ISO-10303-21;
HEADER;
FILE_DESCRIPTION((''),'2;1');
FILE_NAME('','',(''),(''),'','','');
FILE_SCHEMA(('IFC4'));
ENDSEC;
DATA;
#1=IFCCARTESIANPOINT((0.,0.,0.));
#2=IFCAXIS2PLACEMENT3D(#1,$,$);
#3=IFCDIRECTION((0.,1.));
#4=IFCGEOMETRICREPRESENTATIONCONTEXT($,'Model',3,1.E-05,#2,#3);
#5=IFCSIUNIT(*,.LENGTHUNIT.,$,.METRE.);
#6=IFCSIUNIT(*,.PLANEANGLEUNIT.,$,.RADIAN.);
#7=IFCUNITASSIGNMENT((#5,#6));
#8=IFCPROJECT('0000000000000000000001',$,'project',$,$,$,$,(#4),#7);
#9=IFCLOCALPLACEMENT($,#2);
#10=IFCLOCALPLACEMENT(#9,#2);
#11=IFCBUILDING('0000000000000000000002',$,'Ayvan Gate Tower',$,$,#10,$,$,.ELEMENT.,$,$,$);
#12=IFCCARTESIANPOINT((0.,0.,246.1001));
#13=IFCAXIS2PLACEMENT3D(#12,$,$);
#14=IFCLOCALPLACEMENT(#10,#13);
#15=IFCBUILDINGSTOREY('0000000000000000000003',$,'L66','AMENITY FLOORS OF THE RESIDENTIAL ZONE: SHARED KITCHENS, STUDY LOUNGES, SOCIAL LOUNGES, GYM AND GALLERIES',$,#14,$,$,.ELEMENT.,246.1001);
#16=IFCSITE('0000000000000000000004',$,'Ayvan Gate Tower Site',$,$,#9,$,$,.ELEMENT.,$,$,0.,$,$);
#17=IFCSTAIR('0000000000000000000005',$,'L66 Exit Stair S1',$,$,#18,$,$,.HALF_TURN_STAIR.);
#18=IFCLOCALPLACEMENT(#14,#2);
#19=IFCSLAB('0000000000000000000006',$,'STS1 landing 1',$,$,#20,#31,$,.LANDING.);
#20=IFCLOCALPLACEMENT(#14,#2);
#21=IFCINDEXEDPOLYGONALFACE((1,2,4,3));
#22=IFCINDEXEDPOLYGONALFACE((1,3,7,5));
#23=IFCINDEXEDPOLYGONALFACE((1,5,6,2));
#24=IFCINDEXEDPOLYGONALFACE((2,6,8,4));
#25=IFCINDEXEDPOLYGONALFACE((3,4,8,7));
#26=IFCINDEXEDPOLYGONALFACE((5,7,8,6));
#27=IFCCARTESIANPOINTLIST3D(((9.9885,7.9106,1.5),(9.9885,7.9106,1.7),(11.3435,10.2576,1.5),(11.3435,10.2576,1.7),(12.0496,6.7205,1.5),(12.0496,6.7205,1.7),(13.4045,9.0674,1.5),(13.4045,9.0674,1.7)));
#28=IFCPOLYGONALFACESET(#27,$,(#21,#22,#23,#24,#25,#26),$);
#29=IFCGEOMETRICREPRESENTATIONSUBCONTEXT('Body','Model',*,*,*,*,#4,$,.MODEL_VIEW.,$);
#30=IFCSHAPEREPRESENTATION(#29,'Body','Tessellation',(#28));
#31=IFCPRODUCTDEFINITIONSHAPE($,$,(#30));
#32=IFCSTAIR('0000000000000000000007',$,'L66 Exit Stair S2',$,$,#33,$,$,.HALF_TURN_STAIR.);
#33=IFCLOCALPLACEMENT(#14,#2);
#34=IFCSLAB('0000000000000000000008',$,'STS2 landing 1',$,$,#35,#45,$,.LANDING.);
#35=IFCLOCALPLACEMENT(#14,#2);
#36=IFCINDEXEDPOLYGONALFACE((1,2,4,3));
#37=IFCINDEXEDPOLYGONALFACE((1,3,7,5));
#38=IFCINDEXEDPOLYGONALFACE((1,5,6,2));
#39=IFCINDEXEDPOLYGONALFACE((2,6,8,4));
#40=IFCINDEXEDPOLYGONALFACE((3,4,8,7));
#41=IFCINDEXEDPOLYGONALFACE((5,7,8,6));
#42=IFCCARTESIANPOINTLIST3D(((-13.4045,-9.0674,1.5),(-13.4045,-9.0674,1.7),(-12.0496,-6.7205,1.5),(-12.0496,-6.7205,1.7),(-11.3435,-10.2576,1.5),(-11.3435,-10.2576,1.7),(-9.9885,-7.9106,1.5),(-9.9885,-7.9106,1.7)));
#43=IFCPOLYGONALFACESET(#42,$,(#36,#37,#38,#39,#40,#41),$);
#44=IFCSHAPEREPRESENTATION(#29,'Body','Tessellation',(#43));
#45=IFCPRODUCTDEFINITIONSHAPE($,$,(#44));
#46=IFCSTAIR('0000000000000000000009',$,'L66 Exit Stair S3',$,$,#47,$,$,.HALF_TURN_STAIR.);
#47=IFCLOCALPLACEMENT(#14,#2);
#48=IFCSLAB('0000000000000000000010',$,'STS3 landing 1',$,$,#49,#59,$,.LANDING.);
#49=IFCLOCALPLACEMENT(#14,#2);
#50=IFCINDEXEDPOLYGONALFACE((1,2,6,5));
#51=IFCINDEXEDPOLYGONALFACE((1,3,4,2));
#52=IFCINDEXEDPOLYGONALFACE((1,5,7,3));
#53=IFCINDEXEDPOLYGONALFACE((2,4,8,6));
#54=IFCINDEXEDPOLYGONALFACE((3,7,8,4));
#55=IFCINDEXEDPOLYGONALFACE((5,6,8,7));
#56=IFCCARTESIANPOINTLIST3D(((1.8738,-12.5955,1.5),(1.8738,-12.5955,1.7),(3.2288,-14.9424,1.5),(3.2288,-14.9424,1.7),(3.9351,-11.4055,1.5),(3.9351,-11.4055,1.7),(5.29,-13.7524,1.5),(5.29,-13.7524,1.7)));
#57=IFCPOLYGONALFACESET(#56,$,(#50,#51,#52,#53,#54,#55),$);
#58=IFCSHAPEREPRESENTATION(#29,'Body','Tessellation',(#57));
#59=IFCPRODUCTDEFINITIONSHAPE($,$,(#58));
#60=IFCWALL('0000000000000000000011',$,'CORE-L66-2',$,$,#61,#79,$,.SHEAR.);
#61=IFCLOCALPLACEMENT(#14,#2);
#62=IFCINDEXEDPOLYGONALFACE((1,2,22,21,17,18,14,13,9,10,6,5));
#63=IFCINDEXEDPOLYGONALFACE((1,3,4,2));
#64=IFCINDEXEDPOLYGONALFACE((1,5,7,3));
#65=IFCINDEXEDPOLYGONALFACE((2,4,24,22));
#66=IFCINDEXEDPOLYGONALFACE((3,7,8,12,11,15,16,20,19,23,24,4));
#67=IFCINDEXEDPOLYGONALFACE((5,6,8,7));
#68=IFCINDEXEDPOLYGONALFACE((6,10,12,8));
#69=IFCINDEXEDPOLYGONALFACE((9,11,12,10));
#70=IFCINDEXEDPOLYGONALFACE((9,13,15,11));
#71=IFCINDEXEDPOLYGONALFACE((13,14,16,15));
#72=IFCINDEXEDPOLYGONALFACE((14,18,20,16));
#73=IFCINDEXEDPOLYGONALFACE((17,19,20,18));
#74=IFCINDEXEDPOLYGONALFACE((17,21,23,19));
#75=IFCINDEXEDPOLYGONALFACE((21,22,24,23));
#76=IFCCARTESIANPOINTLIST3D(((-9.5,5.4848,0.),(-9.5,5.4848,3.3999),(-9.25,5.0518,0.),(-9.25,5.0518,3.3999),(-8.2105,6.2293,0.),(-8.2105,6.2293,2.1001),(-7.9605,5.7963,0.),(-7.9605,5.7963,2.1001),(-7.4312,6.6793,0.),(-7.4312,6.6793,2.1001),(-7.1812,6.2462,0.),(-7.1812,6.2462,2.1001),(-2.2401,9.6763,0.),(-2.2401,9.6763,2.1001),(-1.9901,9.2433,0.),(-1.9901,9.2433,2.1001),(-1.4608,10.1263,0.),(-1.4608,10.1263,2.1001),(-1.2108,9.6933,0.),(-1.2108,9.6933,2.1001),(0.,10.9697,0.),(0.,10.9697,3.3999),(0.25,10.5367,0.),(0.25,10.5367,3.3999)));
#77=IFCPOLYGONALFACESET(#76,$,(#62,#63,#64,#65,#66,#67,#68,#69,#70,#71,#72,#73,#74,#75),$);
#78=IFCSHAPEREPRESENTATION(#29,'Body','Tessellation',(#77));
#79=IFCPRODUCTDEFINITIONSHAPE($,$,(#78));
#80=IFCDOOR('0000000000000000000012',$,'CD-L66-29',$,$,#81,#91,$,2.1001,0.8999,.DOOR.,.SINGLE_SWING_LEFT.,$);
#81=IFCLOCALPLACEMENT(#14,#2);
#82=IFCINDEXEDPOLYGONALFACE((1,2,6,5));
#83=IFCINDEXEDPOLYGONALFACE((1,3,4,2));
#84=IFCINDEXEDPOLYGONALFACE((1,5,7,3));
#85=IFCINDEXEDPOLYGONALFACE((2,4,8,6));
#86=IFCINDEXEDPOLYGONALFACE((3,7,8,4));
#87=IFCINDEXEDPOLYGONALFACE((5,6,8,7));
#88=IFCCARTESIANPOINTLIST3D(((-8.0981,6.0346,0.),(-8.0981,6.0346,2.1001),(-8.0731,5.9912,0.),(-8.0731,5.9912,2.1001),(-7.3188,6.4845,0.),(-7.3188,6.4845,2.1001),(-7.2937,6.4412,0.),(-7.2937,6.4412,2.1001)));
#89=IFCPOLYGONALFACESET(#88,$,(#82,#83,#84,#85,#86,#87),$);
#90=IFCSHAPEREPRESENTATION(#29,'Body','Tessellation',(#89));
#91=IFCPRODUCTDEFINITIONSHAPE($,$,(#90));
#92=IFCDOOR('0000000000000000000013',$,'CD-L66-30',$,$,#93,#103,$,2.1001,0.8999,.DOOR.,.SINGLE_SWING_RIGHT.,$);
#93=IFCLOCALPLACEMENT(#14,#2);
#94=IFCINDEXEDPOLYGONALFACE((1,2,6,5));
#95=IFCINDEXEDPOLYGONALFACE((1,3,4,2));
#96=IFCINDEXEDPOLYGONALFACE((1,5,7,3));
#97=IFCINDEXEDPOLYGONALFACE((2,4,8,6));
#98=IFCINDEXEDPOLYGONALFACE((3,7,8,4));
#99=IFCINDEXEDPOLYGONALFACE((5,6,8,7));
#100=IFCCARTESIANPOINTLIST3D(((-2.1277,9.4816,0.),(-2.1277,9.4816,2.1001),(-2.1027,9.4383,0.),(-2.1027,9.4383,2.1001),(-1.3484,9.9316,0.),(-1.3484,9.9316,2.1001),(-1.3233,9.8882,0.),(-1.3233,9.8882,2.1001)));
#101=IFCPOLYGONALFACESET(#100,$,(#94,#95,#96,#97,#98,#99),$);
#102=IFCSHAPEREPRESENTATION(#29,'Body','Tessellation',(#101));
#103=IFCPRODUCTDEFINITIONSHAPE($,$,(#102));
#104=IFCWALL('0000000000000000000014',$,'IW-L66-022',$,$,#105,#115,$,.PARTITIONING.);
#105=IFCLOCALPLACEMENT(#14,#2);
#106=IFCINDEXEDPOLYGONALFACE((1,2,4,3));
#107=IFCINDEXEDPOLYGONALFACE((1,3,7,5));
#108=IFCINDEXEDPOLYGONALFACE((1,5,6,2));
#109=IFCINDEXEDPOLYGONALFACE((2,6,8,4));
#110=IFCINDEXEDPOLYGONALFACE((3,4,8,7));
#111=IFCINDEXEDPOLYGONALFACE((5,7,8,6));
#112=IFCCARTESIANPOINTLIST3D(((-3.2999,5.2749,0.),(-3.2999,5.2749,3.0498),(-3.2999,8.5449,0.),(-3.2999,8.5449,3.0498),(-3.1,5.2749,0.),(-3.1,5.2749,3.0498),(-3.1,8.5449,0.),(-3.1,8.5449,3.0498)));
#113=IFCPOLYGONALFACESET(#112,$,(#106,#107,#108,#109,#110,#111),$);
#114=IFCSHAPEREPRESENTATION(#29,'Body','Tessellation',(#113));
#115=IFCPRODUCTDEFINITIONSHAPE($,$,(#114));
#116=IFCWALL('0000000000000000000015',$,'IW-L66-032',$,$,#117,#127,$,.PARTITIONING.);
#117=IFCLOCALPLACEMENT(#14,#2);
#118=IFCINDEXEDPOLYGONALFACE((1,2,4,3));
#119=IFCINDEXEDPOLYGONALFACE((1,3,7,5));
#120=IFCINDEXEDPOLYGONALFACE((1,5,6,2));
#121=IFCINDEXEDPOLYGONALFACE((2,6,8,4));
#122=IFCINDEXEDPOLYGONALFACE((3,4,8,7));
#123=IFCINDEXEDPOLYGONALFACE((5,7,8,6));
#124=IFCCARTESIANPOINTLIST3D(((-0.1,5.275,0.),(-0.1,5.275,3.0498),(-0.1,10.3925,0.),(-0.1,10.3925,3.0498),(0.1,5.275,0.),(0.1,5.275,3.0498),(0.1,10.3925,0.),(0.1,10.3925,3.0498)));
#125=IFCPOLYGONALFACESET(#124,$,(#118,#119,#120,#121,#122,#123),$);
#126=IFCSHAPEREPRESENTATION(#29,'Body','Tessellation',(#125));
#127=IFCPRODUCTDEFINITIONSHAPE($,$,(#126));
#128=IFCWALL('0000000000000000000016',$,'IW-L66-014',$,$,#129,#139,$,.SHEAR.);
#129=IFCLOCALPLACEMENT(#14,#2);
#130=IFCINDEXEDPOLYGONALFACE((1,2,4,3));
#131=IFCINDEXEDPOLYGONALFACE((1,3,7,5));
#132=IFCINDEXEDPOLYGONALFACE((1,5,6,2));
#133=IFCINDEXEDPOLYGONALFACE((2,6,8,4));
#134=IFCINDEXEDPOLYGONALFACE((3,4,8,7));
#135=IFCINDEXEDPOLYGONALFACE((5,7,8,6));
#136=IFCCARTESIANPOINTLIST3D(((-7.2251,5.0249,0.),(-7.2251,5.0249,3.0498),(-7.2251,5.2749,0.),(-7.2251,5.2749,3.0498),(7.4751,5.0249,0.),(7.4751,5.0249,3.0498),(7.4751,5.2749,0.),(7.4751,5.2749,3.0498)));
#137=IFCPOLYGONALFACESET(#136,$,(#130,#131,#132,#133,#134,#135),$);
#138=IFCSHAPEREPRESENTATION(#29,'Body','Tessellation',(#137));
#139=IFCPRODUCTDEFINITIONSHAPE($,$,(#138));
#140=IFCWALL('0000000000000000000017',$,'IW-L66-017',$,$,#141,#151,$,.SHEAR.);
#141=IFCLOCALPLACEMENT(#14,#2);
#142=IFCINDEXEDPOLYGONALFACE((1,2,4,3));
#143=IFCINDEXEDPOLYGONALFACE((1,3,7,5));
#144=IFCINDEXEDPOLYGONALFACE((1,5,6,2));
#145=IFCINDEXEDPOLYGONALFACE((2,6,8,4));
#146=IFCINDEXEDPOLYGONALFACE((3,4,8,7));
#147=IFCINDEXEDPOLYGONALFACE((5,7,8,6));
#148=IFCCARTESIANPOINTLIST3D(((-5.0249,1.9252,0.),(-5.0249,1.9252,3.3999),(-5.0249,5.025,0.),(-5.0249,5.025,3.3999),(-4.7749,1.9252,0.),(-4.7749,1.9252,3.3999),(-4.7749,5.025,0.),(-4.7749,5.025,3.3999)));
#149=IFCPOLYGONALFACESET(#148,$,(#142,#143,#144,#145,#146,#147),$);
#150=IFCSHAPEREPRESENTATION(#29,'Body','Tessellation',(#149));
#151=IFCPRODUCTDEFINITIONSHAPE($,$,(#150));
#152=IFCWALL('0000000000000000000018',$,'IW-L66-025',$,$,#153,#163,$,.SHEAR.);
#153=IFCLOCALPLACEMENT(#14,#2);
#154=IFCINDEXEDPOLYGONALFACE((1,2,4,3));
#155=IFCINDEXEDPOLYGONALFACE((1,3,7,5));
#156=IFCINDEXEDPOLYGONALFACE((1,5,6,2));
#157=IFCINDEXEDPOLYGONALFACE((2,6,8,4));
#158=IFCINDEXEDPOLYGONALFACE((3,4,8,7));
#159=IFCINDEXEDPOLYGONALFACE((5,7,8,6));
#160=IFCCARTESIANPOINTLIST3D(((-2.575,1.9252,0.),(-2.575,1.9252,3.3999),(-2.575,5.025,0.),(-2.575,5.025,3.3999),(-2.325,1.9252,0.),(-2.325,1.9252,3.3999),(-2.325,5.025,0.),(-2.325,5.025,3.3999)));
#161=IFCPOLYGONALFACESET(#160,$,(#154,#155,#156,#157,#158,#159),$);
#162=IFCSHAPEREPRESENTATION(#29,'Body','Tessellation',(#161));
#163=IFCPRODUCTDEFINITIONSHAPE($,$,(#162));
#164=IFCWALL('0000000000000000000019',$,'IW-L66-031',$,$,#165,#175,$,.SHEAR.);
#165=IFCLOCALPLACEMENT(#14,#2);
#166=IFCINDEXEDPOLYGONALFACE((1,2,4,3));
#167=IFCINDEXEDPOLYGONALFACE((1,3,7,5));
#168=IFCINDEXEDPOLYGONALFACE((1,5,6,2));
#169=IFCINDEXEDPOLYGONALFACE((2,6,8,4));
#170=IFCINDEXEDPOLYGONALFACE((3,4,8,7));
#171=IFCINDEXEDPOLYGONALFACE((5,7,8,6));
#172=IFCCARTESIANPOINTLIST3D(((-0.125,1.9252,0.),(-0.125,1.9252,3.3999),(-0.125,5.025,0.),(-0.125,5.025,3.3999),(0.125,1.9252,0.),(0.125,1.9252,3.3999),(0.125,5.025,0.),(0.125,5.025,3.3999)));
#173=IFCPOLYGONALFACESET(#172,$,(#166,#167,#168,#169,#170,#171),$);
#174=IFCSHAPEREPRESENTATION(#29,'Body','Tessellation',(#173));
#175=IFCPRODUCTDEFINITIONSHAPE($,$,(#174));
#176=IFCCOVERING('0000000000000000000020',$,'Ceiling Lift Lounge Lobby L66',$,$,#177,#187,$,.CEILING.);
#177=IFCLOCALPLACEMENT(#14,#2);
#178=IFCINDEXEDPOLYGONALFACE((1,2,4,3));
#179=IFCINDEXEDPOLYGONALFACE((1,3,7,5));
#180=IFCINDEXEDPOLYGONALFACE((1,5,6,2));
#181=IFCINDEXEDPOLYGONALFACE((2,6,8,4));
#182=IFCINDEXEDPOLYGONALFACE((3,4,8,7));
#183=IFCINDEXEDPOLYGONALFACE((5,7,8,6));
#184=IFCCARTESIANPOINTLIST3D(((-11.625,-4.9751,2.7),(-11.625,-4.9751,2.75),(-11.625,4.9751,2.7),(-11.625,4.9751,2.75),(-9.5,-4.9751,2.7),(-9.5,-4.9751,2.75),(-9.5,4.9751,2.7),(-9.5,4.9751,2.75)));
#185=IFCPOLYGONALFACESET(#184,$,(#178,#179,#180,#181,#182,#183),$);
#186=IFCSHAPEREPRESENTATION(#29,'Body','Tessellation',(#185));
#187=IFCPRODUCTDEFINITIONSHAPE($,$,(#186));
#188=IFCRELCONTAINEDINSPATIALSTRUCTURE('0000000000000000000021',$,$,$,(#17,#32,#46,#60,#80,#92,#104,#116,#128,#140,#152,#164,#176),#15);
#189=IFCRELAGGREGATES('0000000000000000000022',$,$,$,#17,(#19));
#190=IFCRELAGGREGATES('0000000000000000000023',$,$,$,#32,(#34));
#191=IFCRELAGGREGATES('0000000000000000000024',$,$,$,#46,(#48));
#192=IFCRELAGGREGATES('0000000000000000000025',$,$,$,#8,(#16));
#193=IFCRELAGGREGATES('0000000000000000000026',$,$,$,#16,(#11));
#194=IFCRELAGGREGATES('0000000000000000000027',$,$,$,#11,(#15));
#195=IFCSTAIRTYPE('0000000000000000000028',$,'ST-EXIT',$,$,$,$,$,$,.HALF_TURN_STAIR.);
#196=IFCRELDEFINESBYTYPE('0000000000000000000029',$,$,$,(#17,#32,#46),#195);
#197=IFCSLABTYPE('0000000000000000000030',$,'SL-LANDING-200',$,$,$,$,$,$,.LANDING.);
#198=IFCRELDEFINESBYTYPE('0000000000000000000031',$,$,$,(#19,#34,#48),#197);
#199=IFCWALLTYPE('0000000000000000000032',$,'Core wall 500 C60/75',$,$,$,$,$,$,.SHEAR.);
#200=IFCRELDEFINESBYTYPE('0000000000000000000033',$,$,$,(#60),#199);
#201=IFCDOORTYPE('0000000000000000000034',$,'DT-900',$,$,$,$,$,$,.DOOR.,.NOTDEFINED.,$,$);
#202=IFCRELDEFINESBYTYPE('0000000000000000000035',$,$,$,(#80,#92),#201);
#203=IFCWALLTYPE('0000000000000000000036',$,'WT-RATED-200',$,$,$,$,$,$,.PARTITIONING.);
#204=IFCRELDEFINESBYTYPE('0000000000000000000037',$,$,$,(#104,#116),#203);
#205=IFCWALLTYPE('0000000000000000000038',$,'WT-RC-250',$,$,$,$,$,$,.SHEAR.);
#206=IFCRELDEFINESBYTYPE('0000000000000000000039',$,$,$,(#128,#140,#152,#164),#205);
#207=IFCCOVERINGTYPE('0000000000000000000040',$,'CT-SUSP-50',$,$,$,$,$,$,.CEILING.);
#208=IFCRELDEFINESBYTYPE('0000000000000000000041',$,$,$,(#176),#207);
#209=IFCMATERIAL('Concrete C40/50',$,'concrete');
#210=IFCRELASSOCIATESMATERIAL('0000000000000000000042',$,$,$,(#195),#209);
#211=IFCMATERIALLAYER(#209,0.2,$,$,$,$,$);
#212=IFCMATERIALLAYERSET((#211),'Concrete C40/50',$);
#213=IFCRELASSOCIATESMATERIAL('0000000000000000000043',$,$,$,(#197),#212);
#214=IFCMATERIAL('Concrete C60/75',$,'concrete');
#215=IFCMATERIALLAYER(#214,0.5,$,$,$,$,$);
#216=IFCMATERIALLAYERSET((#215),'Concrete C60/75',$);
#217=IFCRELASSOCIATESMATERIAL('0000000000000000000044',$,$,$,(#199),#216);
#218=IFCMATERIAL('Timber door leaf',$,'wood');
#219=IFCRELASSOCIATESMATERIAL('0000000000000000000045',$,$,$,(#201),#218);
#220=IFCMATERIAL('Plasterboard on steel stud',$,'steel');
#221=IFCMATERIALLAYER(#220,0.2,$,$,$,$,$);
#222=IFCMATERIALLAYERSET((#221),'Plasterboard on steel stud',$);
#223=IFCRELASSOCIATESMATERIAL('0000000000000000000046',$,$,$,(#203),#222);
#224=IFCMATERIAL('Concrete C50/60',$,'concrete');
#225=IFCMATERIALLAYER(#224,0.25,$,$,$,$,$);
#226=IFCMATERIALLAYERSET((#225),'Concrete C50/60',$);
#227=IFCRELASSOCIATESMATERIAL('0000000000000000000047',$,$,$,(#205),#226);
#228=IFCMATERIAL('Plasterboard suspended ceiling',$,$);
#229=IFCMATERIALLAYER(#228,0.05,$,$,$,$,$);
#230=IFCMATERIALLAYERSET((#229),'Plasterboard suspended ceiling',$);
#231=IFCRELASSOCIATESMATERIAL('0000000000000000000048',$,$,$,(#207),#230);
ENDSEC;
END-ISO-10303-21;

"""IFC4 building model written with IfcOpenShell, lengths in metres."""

from ifc_helpers import new_model, si_unit, direction, frame, frame_2d, origin, place, context, subcontext, project, spatial, polyline, rectangle, outline, extrude, material, layer, layer_set, type_object, element, fill, aggregate, save


model = new_model("IFC4")

# Units and contexts
model_context = context("Model", 3, precision=1e-05, world=origin(), true_north=direction((0.0, 1.0)))
body_context = subcontext(model_context, "Body", "Model", "MODEL_VIEW")
ifc_project = project(units=[si_unit("LENGTHUNIT", "METRE"), si_unit("PLANEANGLEUNIT", "RADIAN")], contexts=[model_context])

# Site, building, storey
site_placement = place(None, origin())
site = spatial("IfcSite", under=ifc_project, at=site_placement, Name="Ayvan Gate Tower Site", CompositionType="ELEMENT", RefElevation=0.0)
building_placement = place(site_placement, origin())
building = spatial("IfcBuilding", under=site, at=building_placement, Name="Ayvan Gate Tower", CompositionType="ELEMENT")
storey_placement = place(building_placement, frame((0.0, 0.0, 246.1001)))
storey = spatial("IfcBuildingStorey", under=building, at=storey_placement, Name="L66", Description="AMENITY FLOORS OF THE RESIDENTIAL ZONE: SHARED KITCHENS, STUDY LOUNGES, SOCIAL LOUNGES, GYM AND GALLERIES", CompositionType="ELEMENT", Elevation=246.1001)

# Stairs, slabs
ifc_material_1 = material(Name="Concrete C40/50", Category="concrete")
stair_type = type_object("IfcStairType", Name="ST-EXIT", PredefinedType="HALF_TURN_STAIR", material=ifc_material_1)
stair_1_placement = place(storey_placement, origin())
stair_1 = element("IfcStair", 1, at=stair_1_placement, inside=storey, type_object=stair_type, Name="L66 Exit Stair S1", PredefinedType="HALF_TURN_STAIR")
ifc_layer_1 = layer(ifc_material_1, 0.2)
ifc_layer_set_1 = layer_set([ifc_layer_1], Name="Concrete C40/50")
slab_type = type_object("IfcSlabType", Name="SL-LANDING-200", PredefinedType="LANDING", material=ifc_layer_set_1)
slab_1_placement = place(storey_placement, frame((0.0, 0.0, 1.5)))
slab_1 = element("IfcSlab", 2, at=slab_1_placement, type_object=slab_type, Name="STS1 landing 1", PredefinedType="LANDING", context=body_context, shape_type="SweptSolid", body=[
    extrude(outline(polyline([(9.9885, 7.9106), (12.0496, 6.7205), (13.4045, 9.0674), (11.3435, 10.2576), (9.9885, 7.9106)])), origin(), (0.0, 0.0, 1.0), 0.2),
])
aggregate(stair_1, [slab_1])
stair_2_placement = place(storey_placement, origin())
stair_2 = element("IfcStair", 3, at=stair_2_placement, inside=storey, type_object=stair_type, Name="L66 Exit Stair S2", PredefinedType="HALF_TURN_STAIR")
slab_2_placement = place(storey_placement, frame((0.0, 0.0, 1.5)))
slab_2 = element("IfcSlab", 4, at=slab_2_placement, type_object=slab_type, Name="STS2 landing 1", PredefinedType="LANDING", context=body_context, shape_type="SweptSolid", body=[
    extrude(outline(polyline([(-9.9885, -7.9106), (-12.0496, -6.7205), (-13.4045, -9.0674), (-11.3435, -10.2576), (-9.9885, -7.9106)])), origin(), (0.0, 0.0, 1.0), 0.2),
])
aggregate(stair_2, [slab_2])
stair_3_placement = place(storey_placement, origin())
stair_3 = element("IfcStair", 5, at=stair_3_placement, inside=storey, type_object=stair_type, Name="L66 Exit Stair S3", PredefinedType="HALF_TURN_STAIR")
slab_3_placement = place(storey_placement, frame((0.0, 0.0, 1.5)))
slab_3 = element("IfcSlab", 6, at=slab_3_placement, type_object=slab_type, Name="STS3 landing 1", PredefinedType="LANDING", context=body_context, shape_type="SweptSolid", body=[
    extrude(outline(polyline([(3.9351, -11.4055), (1.8738, -12.5955), (3.2288, -14.9424), (5.29, -13.7524), (3.9351, -11.4055)])), origin(), (0.0, 0.0, 1.0), 0.2),
])
aggregate(stair_3, [slab_3])

# Wall, openings, doors
ifc_material_2 = material(Name="Concrete C60/75", Category="concrete")
ifc_layer_2 = layer(ifc_material_2, 0.5)
ifc_layer_set_2 = layer_set([ifc_layer_2], Name="Concrete C60/75")
wall_type_1 = type_object("IfcWallType", Name="Core wall 500 C60/75", PredefinedType="SHEAR", material=ifc_layer_set_2)
wall_1_placement = place(storey_placement, frame((0.125, 10.7532, 0.0), z_axis=(0.0, 0.0, 1.0), x_axis=(-0.866024, -0.500002, 0.0)))
wall_1 = element("IfcWall", 7, at=wall_1_placement, inside=storey, type_object=wall_type_1, Name="CORE-L66-2", PredefinedType="SHEAR", context=body_context, shape_type="SweptSolid", body=[
    extrude(rectangle(XDim=10.9697, YDim=0.5, at=frame_2d((5.4849, 0.0))), origin(), (0.0, 0.0, 1.0), 3.3999),
])
opening_1_placement = place(wall_1_placement, frame((8.5808, 0.0, 0.0)))
opening_1 = element("IfcOpeningElement", 8, at=opening_1_placement, cuts=wall_1, PredefinedType="OPENING", context=body_context, shape_type="SweptSolid", body=[
    extrude(rectangle(XDim=0.8999, YDim=2.1001, at=frame_2d((0.45, 1.05))), frame((0.0, 0.26, 0.0), z_axis=(0.0, -1.0, 0.0), x_axis=(1.0, 0.0, 0.0)), (0.0, 0.0, 1.0), 0.52),
])
opening_2_placement = place(wall_1_placement, frame((1.6868, 0.0, 0.0)))
opening_2 = element("IfcOpeningElement", 9, at=opening_2_placement, cuts=wall_1, PredefinedType="OPENING", context=body_context, shape_type="SweptSolid", body=[
    extrude(rectangle(XDim=0.8999, YDim=2.1001, at=frame_2d((0.45, 1.05))), frame((0.0, 0.26, 0.0), z_axis=(0.0, -1.0, 0.0), x_axis=(1.0, 0.0, 0.0)), (0.0, 0.0, 1.0), 0.52),
])
ifc_material_3 = material(Name="Timber door leaf", Category="wood")
door_type = type_object("IfcDoorType", Name="DT-900", OperationType="NOTDEFINED", PredefinedType="DOOR", material=ifc_material_3)
door_1_placement = place(opening_1_placement, origin())
door_1 = element("IfcDoor", 10, at=door_1_placement, inside=storey, type_object=door_type, Name="CD-L66-29", OperationType="SINGLE_SWING_LEFT", OverallHeight=2.1001, OverallWidth=0.8999, PredefinedType="DOOR", context=body_context, shape_type="SweptSolid", body=[
    extrude(rectangle(XDim=0.8999, YDim=2.1001, at=frame_2d((0.45, 1.05))), frame((0.0, 0.0249, 0.0), z_axis=(0.0, -1.0, 0.0), x_axis=(1.0, 0.0, 0.0)), (0.0, 0.0, 1.0), 0.05),
])
fill(opening_1, door_1)
door_2_placement = place(opening_2_placement, origin())
door_2 = element("IfcDoor", 11, at=door_2_placement, inside=storey, type_object=door_type, Name="CD-L66-30", OperationType="SINGLE_SWING_RIGHT", OverallHeight=2.1001, OverallWidth=0.8999, PredefinedType="DOOR", context=body_context, shape_type="SweptSolid", body=[
    extrude(rectangle(XDim=0.8999, YDim=2.1001, at=frame_2d((0.45, 1.05))), frame((0.0, 0.0249, 0.0), z_axis=(0.0, -1.0, 0.0), x_axis=(1.0, 0.0, 0.0)), (0.0, 0.0, 1.0), 0.05),
])
fill(opening_2, door_2)

# Walls
ifc_material_4 = material(Name="Plasterboard on steel stud", Category="steel")
ifc_layer_3 = layer(ifc_material_4, 0.2)
ifc_layer_set_3 = layer_set([ifc_layer_3], Name="Plasterboard on steel stud")
wall_type_2 = type_object("IfcWallType", Name="WT-RATED-200", PredefinedType="PARTITIONING", material=ifc_layer_set_3)
wall_2_placement = place(storey_placement, frame((-3.2, 8.5449, 0.0), z_axis=(0.0, 0.0, 1.0), x_axis=(0.0, -1.0, 0.0)))
element("IfcWall", 12, at=wall_2_placement, inside=storey, type_object=wall_type_2, Name="IW-L66-022", PredefinedType="PARTITIONING", context=body_context, shape_type="SweptSolid", body=[
    extrude(rectangle(XDim=3.27, YDim=0.2, at=frame_2d((1.635, 0.0))), origin(), (0.0, 0.0, 1.0), 3.0498),
])
wall_3_placement = place(storey_placement, frame((0.0, 10.3923, 0.0), z_axis=(0.0, 0.0, 1.0), x_axis=(0.0, -1.0, 0.0)))
element("IfcWall", 13, at=wall_3_placement, inside=storey, type_object=wall_type_2, Name="IW-L66-032", PredefinedType="PARTITIONING", context=body_context, shape_type="SweptSolid", body=[
    extrude(rectangle(XDim=5.1174, YDim=0.2, at=frame_2d((2.5586, 0.0))), origin(), (0.0, 0.0, 1.0), 3.0498),
])
ifc_material_5 = material(Name="Concrete C50/60", Category="concrete")
ifc_layer_4 = layer(ifc_material_5, 0.25)
ifc_layer_set_4 = layer_set([ifc_layer_4], Name="Concrete C50/60")
wall_type_3 = type_object("IfcWallType", Name="WT-RC-250", PredefinedType="SHEAR", material=ifc_layer_set_4)
wall_4_placement = place(storey_placement, frame((-7.2251, 5.1499, 0.0), z_axis=(0.0, 0.0, 1.0), x_axis=(1.0, 0.0, 0.0)))
element("IfcWall", 14, at=wall_4_placement, inside=storey, type_object=wall_type_3, Name="IW-L66-014", PredefinedType="SHEAR", context=body_context, shape_type="SweptSolid", body=[
    extrude(rectangle(XDim=14.7002, YDim=0.25, at=frame_2d((7.3501, 0.0))), origin(), (0.0, 0.0, 1.0), 3.0498),
])
for number, where, z_axis, x_axis, name in (
    (15, (-4.8999, 5.0249, 0.0), (0.0, 0.0, 1.0), (0.0, -1.0, 0.0), "IW-L66-017"),
    (16, (-2.45, 5.0249, 0.0), (0.0, 0.0, 1.0), (0.0, -1.0, 0.0), "IW-L66-025"),
    (17, (0.0, 5.0249, 0.0), (0.0, 0.0, 1.0), (0.0, -1.0, 0.0), "IW-L66-031"),
):
    element("IfcWall", number, at=place(storey_placement, frame(where, z_axis=z_axis, x_axis=x_axis)), inside=storey, type_object=wall_type_3, Name=name, PredefinedType="SHEAR", context=body_context, shape_type="SweptSolid", body=[
        extrude(rectangle(XDim=3.0999, YDim=0.25, at=frame_2d((1.5498, 0.0))), origin(), (0.0, 0.0, 1.0), 3.3999),
    ])

# Covering
ifc_material_6 = material(Name="Plasterboard suspended ceiling")
ifc_layer_5 = layer(ifc_material_6, 0.05)
ifc_layer_set_5 = layer_set([ifc_layer_5], Name="Plasterboard suspended ceiling")
covering_type = type_object("IfcCoveringType", Name="CT-SUSP-50", PredefinedType="CEILING", material=ifc_layer_set_5)
covering_1_placement = place(storey_placement, frame((0.0, 0.0, 2.7)))
element("IfcCovering", 18, at=covering_1_placement, inside=storey, type_object=covering_type, Name="Ceiling Lift Lounge Lobby L66", PredefinedType="CEILING", context=body_context, shape_type="SweptSolid", body=[
    extrude(outline(polyline([(-11.625, 4.9751), (-9.5, 4.9751), (-9.5, -4.9751), (-11.625, -4.9751), (-11.625, 4.9751)])), origin(), (0.0, 0.0, 1.0), 0.05),
])

save(model, "model.ifc")
